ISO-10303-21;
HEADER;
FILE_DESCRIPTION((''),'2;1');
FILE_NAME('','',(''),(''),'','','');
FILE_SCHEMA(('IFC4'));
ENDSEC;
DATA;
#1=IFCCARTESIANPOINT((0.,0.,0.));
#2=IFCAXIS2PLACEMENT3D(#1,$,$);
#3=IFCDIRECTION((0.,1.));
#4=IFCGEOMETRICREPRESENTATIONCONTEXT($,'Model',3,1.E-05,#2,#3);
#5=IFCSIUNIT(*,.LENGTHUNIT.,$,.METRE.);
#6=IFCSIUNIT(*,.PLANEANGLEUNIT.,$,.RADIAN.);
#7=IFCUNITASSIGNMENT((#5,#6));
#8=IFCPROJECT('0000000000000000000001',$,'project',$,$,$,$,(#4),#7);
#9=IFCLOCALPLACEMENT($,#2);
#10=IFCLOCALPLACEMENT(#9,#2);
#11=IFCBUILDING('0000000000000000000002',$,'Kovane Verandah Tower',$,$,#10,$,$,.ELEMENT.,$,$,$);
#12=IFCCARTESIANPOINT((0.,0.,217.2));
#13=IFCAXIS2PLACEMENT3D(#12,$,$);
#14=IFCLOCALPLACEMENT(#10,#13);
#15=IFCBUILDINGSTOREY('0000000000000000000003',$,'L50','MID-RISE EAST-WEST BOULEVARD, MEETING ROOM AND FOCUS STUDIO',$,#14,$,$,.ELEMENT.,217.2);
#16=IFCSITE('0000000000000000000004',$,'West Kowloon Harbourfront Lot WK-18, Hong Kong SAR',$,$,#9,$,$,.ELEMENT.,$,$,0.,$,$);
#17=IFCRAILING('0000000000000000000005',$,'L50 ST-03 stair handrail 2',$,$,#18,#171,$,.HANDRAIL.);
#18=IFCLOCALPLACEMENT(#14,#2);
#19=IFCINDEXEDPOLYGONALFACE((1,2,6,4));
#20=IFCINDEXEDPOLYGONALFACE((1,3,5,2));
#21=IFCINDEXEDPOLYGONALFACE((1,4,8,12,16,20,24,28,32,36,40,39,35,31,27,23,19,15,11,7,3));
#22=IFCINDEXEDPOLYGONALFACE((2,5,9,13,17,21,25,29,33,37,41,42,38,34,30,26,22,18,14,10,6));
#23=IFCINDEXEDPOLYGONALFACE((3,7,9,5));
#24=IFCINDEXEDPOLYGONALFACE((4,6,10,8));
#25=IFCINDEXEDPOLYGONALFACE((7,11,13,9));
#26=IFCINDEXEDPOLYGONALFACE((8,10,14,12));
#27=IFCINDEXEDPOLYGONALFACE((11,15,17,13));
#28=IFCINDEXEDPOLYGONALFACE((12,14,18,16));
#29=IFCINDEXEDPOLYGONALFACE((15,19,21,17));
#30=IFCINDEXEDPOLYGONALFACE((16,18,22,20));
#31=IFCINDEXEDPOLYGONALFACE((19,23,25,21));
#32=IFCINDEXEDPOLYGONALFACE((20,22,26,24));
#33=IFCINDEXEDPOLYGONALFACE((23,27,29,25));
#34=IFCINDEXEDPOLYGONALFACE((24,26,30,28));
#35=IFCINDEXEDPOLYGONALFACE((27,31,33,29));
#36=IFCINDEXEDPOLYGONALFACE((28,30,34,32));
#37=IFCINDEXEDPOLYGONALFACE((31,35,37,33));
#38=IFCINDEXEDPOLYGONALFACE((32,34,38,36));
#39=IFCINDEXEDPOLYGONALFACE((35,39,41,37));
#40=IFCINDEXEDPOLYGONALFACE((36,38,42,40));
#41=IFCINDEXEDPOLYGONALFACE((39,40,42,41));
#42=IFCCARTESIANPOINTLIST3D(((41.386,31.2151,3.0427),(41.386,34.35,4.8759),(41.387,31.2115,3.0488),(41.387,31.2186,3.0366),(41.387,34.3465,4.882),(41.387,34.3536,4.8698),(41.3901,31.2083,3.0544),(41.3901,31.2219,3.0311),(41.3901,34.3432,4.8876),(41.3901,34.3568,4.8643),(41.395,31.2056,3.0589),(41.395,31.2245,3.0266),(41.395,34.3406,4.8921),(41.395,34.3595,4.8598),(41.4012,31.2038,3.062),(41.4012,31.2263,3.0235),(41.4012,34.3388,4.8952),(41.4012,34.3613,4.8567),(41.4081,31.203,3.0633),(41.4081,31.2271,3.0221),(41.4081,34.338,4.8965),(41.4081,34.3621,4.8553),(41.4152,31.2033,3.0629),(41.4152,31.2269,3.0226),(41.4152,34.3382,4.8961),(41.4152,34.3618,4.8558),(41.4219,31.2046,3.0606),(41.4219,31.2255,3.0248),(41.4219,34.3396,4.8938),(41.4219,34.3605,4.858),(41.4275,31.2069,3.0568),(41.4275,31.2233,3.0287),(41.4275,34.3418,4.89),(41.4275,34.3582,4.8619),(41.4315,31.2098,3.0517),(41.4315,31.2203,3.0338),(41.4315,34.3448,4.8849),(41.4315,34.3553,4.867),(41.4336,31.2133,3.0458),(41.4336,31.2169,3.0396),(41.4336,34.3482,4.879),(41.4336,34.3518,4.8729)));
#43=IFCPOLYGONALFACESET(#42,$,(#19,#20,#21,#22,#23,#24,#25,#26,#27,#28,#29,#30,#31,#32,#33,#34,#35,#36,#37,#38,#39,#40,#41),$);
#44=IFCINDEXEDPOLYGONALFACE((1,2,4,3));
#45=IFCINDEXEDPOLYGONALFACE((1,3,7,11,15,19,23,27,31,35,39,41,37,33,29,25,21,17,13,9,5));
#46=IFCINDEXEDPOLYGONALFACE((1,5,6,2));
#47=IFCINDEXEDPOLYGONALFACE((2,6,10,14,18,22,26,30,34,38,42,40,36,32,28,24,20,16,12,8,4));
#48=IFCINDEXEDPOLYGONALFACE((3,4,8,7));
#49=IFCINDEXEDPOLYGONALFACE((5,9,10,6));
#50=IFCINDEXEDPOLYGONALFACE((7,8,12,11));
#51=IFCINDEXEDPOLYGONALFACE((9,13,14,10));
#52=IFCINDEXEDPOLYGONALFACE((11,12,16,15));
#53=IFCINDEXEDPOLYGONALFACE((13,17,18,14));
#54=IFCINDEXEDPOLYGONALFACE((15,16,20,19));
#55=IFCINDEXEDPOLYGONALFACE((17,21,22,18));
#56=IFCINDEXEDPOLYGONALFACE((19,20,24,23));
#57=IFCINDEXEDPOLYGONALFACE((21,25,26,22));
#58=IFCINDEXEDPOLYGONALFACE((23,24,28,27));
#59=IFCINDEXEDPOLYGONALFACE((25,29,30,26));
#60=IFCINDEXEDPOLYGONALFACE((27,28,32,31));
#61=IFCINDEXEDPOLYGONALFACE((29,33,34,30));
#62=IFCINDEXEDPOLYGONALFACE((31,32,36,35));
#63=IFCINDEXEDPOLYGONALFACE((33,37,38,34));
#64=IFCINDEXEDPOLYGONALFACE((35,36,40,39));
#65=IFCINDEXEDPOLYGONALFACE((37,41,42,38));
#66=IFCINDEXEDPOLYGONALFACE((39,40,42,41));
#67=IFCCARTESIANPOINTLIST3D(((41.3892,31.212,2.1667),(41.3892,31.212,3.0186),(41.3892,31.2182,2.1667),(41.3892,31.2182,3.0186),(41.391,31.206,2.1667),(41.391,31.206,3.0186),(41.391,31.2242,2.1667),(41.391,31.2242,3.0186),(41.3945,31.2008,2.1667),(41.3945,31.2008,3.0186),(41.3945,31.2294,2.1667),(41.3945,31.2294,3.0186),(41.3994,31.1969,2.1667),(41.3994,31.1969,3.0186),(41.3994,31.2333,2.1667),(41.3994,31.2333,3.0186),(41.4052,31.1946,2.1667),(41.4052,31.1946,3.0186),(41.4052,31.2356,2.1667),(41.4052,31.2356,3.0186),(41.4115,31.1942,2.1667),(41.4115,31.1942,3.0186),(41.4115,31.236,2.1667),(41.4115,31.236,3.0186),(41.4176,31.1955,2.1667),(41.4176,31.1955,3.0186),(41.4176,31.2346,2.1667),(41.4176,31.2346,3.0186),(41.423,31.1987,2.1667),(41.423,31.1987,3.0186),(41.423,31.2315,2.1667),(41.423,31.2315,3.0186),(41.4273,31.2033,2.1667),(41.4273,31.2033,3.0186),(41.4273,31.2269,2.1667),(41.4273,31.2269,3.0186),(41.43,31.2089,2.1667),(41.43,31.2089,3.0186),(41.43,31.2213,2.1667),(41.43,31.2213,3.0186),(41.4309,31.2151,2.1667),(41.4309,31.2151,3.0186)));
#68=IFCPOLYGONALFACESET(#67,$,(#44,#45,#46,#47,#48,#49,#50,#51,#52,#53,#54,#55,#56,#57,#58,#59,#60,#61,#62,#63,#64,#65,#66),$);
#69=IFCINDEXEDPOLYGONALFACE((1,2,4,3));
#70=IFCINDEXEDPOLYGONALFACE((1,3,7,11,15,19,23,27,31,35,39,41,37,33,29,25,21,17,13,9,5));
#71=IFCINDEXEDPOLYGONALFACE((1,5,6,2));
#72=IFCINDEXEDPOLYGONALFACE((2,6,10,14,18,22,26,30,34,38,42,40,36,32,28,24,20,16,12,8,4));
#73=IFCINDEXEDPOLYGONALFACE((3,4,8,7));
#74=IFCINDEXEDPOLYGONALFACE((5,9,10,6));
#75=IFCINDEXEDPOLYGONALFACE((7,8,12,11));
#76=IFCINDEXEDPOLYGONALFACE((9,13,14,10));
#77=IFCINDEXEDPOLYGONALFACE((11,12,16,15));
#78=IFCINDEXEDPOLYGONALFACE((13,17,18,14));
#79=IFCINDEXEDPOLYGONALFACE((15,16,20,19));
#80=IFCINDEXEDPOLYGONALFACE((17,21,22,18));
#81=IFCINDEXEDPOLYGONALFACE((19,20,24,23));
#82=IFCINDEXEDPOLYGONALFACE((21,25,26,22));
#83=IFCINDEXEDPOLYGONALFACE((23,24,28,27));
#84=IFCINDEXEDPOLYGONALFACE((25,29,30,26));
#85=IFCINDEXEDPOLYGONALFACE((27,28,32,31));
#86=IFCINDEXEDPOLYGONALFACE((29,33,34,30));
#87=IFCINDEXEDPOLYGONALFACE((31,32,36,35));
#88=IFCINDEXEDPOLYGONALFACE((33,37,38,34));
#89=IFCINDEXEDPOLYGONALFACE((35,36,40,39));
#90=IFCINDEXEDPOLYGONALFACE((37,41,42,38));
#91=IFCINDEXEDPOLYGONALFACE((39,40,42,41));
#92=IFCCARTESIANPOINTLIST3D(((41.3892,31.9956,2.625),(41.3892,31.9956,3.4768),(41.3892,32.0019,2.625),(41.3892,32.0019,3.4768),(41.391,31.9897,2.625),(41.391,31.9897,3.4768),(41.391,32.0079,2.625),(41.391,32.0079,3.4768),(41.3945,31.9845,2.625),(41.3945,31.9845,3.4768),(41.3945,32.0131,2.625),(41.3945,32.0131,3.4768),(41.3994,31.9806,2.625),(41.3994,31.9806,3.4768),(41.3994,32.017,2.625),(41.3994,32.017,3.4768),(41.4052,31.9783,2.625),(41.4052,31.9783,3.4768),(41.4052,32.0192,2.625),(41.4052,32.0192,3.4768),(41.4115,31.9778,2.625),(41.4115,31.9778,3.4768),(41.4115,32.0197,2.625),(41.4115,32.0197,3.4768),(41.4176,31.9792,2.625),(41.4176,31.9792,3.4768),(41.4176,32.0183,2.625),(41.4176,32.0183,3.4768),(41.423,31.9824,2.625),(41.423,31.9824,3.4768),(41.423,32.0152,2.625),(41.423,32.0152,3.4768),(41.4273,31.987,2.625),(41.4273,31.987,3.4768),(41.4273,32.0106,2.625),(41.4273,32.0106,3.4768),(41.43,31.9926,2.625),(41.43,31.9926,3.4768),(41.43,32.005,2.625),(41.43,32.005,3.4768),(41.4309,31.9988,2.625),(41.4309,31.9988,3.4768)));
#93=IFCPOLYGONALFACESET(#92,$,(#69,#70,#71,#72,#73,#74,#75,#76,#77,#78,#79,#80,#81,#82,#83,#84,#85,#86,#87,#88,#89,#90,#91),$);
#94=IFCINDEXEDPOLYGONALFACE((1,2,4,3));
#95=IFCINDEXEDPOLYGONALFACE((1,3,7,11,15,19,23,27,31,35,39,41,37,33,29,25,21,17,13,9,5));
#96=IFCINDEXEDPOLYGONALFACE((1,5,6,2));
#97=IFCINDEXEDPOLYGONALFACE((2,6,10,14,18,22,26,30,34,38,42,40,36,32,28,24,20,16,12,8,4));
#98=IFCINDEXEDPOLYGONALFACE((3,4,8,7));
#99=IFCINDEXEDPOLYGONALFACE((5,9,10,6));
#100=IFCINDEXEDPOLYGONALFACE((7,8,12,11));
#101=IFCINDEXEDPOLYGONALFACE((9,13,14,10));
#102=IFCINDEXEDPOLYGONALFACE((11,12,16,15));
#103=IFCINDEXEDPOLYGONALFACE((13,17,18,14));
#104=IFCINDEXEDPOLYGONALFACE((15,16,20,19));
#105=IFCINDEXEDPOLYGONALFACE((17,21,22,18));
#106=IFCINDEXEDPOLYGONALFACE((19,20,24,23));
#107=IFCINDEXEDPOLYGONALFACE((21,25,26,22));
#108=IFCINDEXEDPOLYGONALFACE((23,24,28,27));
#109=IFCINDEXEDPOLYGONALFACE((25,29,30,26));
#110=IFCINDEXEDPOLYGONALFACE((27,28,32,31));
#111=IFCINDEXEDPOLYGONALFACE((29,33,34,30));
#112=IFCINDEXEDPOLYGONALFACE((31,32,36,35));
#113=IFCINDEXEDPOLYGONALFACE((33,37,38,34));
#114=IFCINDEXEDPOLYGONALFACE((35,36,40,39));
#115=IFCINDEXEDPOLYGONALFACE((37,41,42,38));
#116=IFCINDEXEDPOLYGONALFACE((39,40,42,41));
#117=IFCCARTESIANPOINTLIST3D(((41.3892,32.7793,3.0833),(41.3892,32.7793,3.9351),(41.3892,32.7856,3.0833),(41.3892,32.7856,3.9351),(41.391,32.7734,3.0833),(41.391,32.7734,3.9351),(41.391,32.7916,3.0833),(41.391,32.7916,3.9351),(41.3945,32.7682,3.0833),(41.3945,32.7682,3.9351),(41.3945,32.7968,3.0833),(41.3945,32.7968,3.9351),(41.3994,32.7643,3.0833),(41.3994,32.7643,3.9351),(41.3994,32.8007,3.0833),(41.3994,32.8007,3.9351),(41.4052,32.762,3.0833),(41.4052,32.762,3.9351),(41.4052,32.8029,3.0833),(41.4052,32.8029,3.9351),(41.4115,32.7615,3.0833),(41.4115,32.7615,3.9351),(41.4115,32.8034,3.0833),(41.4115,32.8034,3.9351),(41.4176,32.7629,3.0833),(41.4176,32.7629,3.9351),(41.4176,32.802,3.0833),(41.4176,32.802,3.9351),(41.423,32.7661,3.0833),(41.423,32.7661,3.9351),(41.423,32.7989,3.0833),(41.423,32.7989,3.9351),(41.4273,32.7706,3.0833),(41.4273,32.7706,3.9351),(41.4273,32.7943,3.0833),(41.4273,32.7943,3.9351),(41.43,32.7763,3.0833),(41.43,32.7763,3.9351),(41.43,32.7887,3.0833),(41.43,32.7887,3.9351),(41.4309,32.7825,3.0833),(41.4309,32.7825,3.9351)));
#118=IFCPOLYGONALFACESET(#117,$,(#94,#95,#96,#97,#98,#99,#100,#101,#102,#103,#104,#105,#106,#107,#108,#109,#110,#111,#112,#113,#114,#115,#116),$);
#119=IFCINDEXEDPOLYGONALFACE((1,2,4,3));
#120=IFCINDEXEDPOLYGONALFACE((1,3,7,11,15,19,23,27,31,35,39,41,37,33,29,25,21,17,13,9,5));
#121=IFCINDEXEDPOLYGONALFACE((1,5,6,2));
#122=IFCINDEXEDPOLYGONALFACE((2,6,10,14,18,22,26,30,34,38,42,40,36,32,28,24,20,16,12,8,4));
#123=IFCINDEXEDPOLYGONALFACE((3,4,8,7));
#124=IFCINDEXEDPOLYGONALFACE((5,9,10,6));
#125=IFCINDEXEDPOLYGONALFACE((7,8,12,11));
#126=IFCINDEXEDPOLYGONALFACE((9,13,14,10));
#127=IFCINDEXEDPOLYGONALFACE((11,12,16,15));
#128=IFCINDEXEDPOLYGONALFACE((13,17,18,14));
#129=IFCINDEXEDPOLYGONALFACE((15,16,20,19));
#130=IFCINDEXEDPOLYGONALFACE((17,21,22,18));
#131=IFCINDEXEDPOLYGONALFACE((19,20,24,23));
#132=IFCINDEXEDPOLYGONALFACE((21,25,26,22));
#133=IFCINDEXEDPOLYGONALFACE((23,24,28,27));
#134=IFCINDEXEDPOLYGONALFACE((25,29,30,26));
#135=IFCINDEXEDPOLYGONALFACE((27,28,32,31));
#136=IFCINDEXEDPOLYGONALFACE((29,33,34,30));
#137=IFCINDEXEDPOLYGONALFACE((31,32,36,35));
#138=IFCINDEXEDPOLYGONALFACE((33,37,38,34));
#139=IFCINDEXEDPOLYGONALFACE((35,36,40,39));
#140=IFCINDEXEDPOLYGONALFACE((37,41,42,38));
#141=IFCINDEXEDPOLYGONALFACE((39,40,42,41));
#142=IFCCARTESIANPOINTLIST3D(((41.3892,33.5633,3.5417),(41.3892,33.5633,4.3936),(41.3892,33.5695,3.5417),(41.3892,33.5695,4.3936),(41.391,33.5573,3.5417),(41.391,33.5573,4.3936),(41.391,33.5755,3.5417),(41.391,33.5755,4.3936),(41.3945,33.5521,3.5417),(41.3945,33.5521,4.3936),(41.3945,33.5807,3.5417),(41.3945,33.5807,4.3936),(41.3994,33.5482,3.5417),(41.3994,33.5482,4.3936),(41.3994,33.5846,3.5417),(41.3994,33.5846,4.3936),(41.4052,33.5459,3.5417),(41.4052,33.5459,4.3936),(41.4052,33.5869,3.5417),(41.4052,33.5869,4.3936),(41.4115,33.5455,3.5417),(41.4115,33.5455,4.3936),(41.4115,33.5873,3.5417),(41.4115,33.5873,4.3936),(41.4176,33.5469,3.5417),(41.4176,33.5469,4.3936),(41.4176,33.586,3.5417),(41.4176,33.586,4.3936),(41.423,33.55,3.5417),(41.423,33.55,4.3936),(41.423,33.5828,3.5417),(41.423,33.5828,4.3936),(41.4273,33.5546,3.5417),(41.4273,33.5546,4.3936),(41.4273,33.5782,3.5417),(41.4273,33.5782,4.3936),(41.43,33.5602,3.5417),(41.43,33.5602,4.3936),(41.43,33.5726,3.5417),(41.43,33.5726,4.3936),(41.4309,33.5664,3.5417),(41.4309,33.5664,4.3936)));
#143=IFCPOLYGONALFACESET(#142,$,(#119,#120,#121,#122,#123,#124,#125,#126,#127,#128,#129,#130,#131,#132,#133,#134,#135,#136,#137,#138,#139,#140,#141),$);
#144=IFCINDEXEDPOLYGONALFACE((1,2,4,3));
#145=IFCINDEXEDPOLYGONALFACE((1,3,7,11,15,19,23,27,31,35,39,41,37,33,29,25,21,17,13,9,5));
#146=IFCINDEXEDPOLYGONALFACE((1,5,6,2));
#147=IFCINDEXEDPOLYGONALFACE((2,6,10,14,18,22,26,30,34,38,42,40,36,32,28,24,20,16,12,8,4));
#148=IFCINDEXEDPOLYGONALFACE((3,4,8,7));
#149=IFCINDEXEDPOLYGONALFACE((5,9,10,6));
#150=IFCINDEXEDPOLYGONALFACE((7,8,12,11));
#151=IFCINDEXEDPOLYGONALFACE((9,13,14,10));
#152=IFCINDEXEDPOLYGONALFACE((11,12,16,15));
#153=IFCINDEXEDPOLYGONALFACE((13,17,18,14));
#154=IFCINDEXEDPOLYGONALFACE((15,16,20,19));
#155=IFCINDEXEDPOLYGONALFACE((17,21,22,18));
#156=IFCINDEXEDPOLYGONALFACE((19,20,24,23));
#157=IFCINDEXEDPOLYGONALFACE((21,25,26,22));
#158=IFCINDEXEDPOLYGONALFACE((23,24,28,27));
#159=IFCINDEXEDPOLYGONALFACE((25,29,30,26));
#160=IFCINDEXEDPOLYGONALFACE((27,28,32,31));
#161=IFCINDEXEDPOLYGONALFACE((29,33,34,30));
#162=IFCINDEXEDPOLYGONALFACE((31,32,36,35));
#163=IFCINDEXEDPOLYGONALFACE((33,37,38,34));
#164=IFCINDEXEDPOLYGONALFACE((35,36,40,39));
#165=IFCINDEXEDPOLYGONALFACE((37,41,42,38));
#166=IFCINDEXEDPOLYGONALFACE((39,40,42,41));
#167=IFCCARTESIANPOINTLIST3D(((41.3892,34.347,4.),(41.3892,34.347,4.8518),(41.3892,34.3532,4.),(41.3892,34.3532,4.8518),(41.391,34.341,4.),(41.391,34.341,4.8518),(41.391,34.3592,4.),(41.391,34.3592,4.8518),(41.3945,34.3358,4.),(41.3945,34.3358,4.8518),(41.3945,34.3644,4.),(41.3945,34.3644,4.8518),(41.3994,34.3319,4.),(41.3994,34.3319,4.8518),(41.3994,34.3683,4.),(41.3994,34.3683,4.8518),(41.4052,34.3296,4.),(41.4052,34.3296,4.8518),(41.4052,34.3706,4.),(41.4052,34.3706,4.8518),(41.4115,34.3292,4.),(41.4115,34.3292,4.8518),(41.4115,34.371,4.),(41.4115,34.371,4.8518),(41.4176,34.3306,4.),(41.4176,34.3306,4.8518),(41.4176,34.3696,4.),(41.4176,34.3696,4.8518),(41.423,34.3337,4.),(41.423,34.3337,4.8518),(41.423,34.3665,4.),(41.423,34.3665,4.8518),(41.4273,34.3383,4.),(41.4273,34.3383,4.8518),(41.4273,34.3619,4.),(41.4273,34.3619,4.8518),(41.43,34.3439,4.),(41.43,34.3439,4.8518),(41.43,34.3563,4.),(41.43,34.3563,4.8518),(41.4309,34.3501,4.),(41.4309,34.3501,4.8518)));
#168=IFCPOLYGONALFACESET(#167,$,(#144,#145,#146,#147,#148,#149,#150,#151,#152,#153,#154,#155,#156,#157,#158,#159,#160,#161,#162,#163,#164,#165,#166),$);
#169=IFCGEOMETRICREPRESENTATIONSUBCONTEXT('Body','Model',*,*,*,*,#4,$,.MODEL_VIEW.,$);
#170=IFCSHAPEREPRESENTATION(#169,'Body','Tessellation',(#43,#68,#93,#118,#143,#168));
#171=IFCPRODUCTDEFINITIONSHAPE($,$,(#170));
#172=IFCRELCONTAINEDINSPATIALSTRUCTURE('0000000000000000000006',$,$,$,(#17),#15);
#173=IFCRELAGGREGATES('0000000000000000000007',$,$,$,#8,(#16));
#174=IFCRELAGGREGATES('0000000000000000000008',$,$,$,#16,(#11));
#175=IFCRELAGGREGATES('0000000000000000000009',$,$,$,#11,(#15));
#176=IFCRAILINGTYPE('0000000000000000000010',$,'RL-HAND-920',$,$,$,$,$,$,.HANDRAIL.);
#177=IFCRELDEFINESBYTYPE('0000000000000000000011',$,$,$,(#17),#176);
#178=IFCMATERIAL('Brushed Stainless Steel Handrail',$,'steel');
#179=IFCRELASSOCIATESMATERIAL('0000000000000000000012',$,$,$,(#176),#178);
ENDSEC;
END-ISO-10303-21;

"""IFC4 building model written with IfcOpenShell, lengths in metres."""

from ifc_helpers import new_model, si_unit, direction, frame, origin, origin_2d, place, context, subcontext, project, spatial, circle, extrude, material, type_object, element, save


model = new_model("IFC4")

# Units and contexts
model_context = context("Model", 3, precision=1e-05, world=origin(), true_north=direction((0.0, 1.0)))
body_context = subcontext(model_context, "Body", "Model", "MODEL_VIEW")
ifc_project = project(units=[si_unit("LENGTHUNIT", "METRE"), si_unit("PLANEANGLEUNIT", "RADIAN")], contexts=[model_context])

# Site, building, storey
site_placement = place(None, origin())
site = spatial("IfcSite", under=ifc_project, at=site_placement, Name="West Kowloon Harbourfront Lot WK-18, Hong Kong SAR", CompositionType="ELEMENT", RefElevation=0.0)
building_placement = place(site_placement, origin())
building = spatial("IfcBuilding", under=site, at=building_placement, Name="Kovane Verandah Tower", CompositionType="ELEMENT")
storey_placement = place(building_placement, frame((0.0, 0.0, 217.2)))
storey = spatial("IfcBuildingStorey", under=building, at=storey_placement, Name="L50", Description="MID-RISE EAST-WEST BOULEVARD, MEETING ROOM AND FOCUS STUDIO", CompositionType="ELEMENT", Elevation=217.2)

# Railing
ifc_material_1 = material(Name="Brushed Stainless Steel Handrail", Category="steel")
railing_type_1 = type_object("IfcRailingType", Name="RL-HAND-920", PredefinedType="HANDRAIL", material=ifc_material_1)
railing_1_placement = place(storey_placement, frame((41.4099, 31.2151, 2.1667)))
element("IfcRailing", 1, at=railing_1_placement, inside=storey, type_object=railing_type_1, Name="L50 ST-03 stair handrail 2", PredefinedType="HANDRAIL", context=body_context, shape_type="SweptSolid", body=[
    extrude(circle(Radius=0.0239, at=origin_2d()), frame((0.0, 0.0, 0.876), z_axis=(0.0, 0.86324, 0.504794), x_axis=(-1.0, 0.0, 0.0)), (0.0, 0.0, 1.0), 3.6316),
    extrude(circle(Radius=0.021, at=origin_2d()), origin(), (0.0, 0.0, 1.0), 0.8518),
    extrude(circle(Radius=0.021, at=origin_2d()), frame((0.0, 0.7837, 0.4583)), (0.0, 0.0, 1.0), 0.8518),
    extrude(circle(Radius=0.021, at=origin_2d()), frame((0.0, 1.5674, 0.9165)), (0.0, 0.0, 1.0), 0.8518),
    extrude(circle(Radius=0.021, at=origin_2d()), frame((0.0, 2.3513, 1.375)), (0.0, 0.0, 1.0), 0.8518),
    extrude(circle(Radius=0.021, at=origin_2d()), frame((0.0, 3.135, 1.8333)), (0.0, 0.0, 1.0), 0.8518),
])

save(model, "model.ifc")
